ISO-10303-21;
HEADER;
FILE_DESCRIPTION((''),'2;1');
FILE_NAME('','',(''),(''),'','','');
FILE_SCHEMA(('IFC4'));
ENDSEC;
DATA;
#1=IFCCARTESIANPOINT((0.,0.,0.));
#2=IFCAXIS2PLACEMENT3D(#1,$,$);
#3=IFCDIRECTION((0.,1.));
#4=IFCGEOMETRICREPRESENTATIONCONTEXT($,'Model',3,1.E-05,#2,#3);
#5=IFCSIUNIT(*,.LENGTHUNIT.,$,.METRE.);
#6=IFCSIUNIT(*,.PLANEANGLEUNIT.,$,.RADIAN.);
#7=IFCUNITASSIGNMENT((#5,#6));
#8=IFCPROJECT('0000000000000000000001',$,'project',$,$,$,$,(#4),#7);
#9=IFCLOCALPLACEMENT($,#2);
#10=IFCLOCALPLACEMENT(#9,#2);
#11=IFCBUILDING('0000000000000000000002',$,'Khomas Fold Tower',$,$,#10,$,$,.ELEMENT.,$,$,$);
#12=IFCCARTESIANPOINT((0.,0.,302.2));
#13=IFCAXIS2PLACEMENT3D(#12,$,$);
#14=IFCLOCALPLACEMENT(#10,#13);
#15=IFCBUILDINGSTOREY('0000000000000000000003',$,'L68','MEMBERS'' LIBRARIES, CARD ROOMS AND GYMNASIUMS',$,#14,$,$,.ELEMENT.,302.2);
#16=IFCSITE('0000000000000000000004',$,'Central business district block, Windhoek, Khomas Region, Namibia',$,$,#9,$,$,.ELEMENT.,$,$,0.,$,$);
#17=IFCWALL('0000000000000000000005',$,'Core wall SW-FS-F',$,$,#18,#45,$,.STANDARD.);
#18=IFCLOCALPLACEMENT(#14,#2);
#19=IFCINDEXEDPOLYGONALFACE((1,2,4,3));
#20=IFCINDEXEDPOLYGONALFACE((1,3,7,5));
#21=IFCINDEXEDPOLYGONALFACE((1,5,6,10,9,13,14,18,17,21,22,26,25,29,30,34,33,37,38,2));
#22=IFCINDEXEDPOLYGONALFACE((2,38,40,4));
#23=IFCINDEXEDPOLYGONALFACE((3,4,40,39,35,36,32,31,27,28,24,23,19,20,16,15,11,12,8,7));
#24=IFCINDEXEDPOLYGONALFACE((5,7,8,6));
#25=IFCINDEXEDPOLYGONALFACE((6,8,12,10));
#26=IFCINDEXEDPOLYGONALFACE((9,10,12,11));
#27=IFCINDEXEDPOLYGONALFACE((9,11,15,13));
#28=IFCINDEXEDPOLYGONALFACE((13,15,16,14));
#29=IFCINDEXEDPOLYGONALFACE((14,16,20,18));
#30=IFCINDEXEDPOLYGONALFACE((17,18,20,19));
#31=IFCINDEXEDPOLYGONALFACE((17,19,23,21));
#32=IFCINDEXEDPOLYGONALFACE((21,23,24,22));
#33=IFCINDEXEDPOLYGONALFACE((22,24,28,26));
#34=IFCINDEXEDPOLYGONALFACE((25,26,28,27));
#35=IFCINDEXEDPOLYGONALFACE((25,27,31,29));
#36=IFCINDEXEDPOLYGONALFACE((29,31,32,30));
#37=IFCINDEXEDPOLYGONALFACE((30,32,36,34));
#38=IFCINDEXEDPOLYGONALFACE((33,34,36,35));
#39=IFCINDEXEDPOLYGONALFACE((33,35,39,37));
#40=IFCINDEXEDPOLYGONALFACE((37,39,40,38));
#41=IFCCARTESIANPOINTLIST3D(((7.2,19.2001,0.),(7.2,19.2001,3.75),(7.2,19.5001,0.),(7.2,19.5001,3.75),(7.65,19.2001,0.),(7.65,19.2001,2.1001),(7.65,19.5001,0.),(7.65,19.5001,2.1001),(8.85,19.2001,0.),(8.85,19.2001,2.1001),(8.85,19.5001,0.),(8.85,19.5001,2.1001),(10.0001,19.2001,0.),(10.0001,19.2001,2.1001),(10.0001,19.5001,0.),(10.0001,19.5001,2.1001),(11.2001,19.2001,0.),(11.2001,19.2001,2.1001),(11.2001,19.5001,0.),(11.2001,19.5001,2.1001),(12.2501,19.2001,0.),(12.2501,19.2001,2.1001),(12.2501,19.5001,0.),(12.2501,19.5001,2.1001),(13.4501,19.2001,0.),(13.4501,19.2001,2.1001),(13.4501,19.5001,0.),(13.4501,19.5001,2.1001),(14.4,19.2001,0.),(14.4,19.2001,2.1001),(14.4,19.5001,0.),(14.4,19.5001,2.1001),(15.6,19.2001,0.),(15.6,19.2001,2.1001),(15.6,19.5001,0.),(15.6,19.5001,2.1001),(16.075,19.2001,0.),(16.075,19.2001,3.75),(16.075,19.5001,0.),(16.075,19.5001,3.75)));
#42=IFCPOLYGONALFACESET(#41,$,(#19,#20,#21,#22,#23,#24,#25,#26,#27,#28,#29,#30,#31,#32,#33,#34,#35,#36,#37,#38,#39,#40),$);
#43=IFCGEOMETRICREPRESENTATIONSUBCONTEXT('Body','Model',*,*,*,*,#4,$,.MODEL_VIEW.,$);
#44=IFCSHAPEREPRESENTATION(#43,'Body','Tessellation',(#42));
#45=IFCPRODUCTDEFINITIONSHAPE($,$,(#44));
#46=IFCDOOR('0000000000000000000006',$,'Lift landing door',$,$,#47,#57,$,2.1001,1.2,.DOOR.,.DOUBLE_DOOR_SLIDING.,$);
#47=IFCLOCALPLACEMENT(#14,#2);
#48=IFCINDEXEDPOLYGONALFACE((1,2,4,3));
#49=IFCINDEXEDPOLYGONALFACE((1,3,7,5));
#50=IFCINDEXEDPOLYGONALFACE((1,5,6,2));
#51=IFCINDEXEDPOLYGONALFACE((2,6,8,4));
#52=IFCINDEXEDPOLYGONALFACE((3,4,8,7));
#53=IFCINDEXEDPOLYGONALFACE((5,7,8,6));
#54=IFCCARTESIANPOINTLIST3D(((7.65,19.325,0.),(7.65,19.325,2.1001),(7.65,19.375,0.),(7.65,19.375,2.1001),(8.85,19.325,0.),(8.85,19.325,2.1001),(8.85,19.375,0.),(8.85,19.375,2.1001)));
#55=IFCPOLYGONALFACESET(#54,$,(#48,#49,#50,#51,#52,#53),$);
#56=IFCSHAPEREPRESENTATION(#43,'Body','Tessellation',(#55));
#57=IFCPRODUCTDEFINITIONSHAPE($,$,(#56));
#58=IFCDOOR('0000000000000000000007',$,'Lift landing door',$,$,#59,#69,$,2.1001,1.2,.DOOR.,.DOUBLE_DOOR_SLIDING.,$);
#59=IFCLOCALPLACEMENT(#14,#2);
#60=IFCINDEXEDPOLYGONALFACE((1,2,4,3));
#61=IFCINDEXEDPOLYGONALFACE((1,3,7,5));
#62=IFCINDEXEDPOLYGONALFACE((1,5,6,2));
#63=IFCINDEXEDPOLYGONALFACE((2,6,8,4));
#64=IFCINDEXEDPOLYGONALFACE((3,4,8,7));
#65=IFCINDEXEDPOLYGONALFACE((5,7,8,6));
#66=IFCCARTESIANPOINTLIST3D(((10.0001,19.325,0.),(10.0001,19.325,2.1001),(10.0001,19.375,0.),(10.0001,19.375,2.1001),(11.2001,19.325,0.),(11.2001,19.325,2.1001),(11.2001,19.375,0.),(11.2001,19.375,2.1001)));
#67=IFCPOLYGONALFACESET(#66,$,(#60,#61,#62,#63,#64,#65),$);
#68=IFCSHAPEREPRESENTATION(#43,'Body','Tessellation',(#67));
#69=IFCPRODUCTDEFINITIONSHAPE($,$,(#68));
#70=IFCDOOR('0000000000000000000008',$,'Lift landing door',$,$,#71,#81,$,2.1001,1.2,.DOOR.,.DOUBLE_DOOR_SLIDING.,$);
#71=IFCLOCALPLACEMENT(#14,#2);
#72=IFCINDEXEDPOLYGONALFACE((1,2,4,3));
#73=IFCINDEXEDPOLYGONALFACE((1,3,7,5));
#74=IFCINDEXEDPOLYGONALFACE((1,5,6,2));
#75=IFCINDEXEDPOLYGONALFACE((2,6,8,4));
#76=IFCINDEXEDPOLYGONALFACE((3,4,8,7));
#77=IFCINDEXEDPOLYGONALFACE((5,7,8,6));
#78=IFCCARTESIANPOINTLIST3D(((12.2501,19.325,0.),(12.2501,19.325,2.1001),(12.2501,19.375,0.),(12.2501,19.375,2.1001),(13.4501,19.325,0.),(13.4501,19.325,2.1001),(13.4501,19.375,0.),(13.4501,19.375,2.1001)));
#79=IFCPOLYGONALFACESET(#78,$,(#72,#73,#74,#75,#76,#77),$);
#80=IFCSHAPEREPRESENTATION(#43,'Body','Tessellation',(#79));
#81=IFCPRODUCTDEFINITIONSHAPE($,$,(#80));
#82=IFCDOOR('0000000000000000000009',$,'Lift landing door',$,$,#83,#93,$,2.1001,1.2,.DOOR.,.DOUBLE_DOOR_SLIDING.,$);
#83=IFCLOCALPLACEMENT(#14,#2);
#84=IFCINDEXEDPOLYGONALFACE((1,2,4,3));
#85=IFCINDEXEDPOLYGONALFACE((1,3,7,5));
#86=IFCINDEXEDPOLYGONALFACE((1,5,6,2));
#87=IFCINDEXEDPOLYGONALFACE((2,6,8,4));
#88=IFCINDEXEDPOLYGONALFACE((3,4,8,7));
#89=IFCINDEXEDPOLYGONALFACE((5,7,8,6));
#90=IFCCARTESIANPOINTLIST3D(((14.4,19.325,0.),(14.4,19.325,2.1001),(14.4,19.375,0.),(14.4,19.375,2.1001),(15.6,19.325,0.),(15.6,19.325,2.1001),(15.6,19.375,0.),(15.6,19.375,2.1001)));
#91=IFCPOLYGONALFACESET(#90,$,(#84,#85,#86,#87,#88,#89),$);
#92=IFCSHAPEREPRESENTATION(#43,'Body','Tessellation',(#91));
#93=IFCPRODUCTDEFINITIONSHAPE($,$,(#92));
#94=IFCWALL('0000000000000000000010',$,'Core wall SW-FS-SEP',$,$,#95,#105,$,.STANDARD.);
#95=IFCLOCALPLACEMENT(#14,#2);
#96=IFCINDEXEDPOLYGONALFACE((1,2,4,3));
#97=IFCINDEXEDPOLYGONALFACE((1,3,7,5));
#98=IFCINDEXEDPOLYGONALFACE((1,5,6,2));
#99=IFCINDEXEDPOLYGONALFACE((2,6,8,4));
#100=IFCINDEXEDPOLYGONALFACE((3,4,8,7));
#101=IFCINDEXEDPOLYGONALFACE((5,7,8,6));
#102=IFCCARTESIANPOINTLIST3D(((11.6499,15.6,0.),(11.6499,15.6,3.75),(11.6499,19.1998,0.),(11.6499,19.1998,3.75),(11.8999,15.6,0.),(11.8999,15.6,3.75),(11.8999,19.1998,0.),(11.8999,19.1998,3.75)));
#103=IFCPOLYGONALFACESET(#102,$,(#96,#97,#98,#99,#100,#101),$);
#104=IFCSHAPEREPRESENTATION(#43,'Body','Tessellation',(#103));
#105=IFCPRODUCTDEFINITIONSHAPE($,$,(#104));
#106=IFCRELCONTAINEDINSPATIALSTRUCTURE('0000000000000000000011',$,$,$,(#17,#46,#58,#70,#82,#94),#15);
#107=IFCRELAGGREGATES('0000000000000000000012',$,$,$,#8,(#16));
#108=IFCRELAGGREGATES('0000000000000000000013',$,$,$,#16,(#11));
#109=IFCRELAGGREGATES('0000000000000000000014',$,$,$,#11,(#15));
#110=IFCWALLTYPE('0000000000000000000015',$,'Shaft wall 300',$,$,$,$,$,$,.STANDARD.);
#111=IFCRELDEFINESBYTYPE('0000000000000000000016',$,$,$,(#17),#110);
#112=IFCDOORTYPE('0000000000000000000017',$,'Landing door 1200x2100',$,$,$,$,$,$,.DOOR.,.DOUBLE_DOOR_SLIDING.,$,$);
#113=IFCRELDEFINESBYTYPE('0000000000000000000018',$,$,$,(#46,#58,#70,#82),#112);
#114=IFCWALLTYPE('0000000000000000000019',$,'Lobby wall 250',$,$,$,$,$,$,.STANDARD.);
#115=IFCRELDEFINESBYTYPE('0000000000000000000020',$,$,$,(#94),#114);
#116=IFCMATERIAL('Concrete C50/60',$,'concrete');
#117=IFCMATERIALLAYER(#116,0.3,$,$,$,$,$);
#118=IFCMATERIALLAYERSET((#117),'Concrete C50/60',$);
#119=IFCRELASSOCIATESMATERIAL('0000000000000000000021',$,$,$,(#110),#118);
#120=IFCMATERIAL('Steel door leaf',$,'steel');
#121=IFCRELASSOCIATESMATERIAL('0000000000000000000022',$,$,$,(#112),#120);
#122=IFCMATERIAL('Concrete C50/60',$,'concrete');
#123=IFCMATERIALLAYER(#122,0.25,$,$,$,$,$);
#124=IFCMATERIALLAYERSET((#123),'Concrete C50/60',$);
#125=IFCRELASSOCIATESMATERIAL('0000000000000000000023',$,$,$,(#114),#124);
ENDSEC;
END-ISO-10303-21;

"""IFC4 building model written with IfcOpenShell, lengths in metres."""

from ifc_helpers import new_model, si_unit, direction, frame, frame_2d, origin, place, context, subcontext, project, spatial, rectangle, extrude, source, transform, mapped, material, layer, layer_set, type_object, element, fill, save


model = new_model("IFC4")

# Units and contexts
model_context = context("Model", 3, precision=1e-05, world=origin(), true_north=direction((0.0, 1.0)))
body_context = subcontext(model_context, "Body", "Model", "MODEL_VIEW")
ifc_project = project(units=[si_unit("LENGTHUNIT", "METRE"), si_unit("PLANEANGLEUNIT", "RADIAN")], contexts=[model_context])

# Site, building, storey
site_placement = place(None, origin())
site = spatial("IfcSite", under=ifc_project, at=site_placement, Name="Central business district block, Windhoek, Khomas Region, Namibia", CompositionType="ELEMENT", RefElevation=0.0)
building_placement = place(site_placement, origin())
building = spatial("IfcBuilding", under=site, at=building_placement, Name="Khomas Fold Tower", CompositionType="ELEMENT")
storey_placement = place(building_placement, frame((0.0, 0.0, 302.2)))
storey = spatial("IfcBuildingStorey", under=building, at=storey_placement, Name="L68", Description="MEMBERS' LIBRARIES, CARD ROOMS AND GYMNASIUMS", CompositionType="ELEMENT", Elevation=302.2)

# Shared definitions
ifc_material_1 = material(Name="Concrete C50/60", Category="concrete")
ifc_layer_1 = layer(ifc_material_1, 0.3)
ifc_layer_set_1 = layer_set([ifc_layer_1], Name="Concrete C50/60")
wall_type_1 = type_object("IfcWallType", Name="Shaft wall 300", PredefinedType="STANDARD", material=ifc_layer_set_1)

# Wall, openings, doors
shared_shape_1 = source(origin(), body_context, "Body", "SweptSolid", [
    extrude(rectangle(XDim=8.875, YDim=0.3, at=frame_2d((4.4375, 0.0))), origin(), (0.0, 0.0, 1.0), 3.75),
])
wall_1_placement = place(storey_placement, frame((7.2, 19.3501, 0.0), z_axis=(0.0, 0.0, 1.0), x_axis=(1.0, 0.0, 0.0)))
wall_1 = element("IfcWall", 1, at=wall_1_placement, inside=storey, type_object=wall_type_1, Name="Core wall SW-FS-F", PredefinedType="STANDARD", context=body_context, shape_type="MappedRepresentation", body=[
    mapped(shared_shape_1, transform((0.0, 0.0, 0.0))),
])
shared_shape_2 = source(origin(), body_context, "Body", "SweptSolid", [
    extrude(rectangle(XDim=1.2, YDim=2.1001, at=frame_2d((0.6001, 1.05))), frame((0.0, 0.1599, 0.0), z_axis=(0.0, -1.0, 0.0), x_axis=(1.0, 0.0, 0.0)), (0.0, 0.0, 1.0), 0.3201),
])
opening_1_placement = place(wall_1_placement, frame((0.45, 0.0, 0.0)))
opening_1 = element("IfcOpeningElement", 2, at=opening_1_placement, cuts=wall_1, PredefinedType="OPENING", context=body_context, shape_type="MappedRepresentation", body=[
    mapped(shared_shape_2, transform((0.0, 0.0, 0.0))),
])
opening_2_placement = place(wall_1_placement, frame((2.8, 0.0, 0.0)))
opening_2 = element("IfcOpeningElement", 3, at=opening_2_placement, cuts=wall_1, PredefinedType="OPENING", context=body_context, shape_type="MappedRepresentation", body=[
    mapped(shared_shape_2, transform((0.0, 0.0, 0.0))),
])
opening_3_placement = place(wall_1_placement, frame((5.05, 0.0, 0.0)))
opening_3 = element("IfcOpeningElement", 4, at=opening_3_placement, cuts=wall_1, PredefinedType="OPENING", context=body_context, shape_type="MappedRepresentation", body=[
    mapped(shared_shape_2, transform((0.0, 0.0, 0.0))),
])
opening_4_placement = place(wall_1_placement, frame((7.2, 0.0, 0.0)))
opening_4 = element("IfcOpeningElement", 5, at=opening_4_placement, cuts=wall_1, PredefinedType="OPENING", context=body_context, shape_type="MappedRepresentation", body=[
    mapped(shared_shape_2, transform((0.0, 0.0, 0.0))),
])
ifc_material_2 = material(Name="Steel door leaf", Category="steel")
door_type_1 = type_object("IfcDoorType", Name="Landing door 1200x2100", OperationType="DOUBLE_DOOR_SLIDING", PredefinedType="DOOR", material=ifc_material_2)
shared_shape_3 = source(origin(), body_context, "Body", "SweptSolid", [
    extrude(rectangle(XDim=1.2, YDim=2.1001, at=frame_2d((0.6001, 1.05))), frame((0.0, 0.0249, 0.0), z_axis=(0.0, -1.0, 0.0), x_axis=(1.0, 0.0, 0.0)), (0.0, 0.0, 1.0), 0.05),
])
door_1_placement = place(opening_1_placement, origin())
door_1 = element("IfcDoor", 6, at=door_1_placement, inside=storey, type_object=door_type_1, Name="Lift landing door", OperationType="DOUBLE_DOOR_SLIDING", OverallHeight=2.1001, OverallWidth=1.2, PredefinedType="DOOR", context=body_context, shape_type="MappedRepresentation", body=[
    mapped(shared_shape_3, transform((0.0, 0.0, 0.0))),
])
fill(opening_1, door_1)
door_2_placement = place(opening_2_placement, origin())
door_2 = element("IfcDoor", 7, at=door_2_placement, inside=storey, type_object=door_type_1, Name="Lift landing door", OperationType="DOUBLE_DOOR_SLIDING", OverallHeight=2.1001, OverallWidth=1.2, PredefinedType="DOOR", context=body_context, shape_type="MappedRepresentation", body=[
    mapped(shared_shape_3, transform((0.0, 0.0, 0.0))),
])
fill(opening_2, door_2)
door_3_placement = place(opening_3_placement, origin())
door_3 = element("IfcDoor", 8, at=door_3_placement, inside=storey, type_object=door_type_1, Name="Lift landing door", OperationType="DOUBLE_DOOR_SLIDING", OverallHeight=2.1001, OverallWidth=1.2, PredefinedType="DOOR", context=body_context, shape_type="MappedRepresentation", body=[
    mapped(shared_shape_3, transform((0.0, 0.0, 0.0))),
])
fill(opening_3, door_3)
door_4_placement = place(opening_4_placement, origin())
door_4 = element("IfcDoor", 9, at=door_4_placement, inside=storey, type_object=door_type_1, Name="Lift landing door", OperationType="DOUBLE_DOOR_SLIDING", OverallHeight=2.1001, OverallWidth=1.2, PredefinedType="DOOR", context=body_context, shape_type="MappedRepresentation", body=[
    mapped(shared_shape_3, transform((0.0, 0.0, 0.0))),
])
fill(opening_4, door_4)

# Wall
ifc_material_3 = material(Name="Concrete C50/60", Category="concrete")
ifc_layer_2 = layer(ifc_material_3, 0.25)
ifc_layer_set_2 = layer_set([ifc_layer_2], Name="Concrete C50/60")
wall_type_2 = type_object("IfcWallType", Name="Lobby wall 250", PredefinedType="STANDARD", material=ifc_layer_set_2)
shared_shape_4 = source(origin(), body_context, "Body", "SweptSolid", [
    extrude(rectangle(XDim=3.5999, YDim=0.25, at=frame_2d((1.7998, 0.0))), origin(), (0.0, 0.0, 1.0), 3.75),
])
wall_2_placement = place(storey_placement, frame((11.7749, 15.6001, 0.0), z_axis=(0.0, 0.0, 1.0), x_axis=(0.0, 1.0, 0.0)))
element("IfcWall", 10, at=wall_2_placement, inside=storey, type_object=wall_type_2, Name="Core wall SW-FS-SEP", PredefinedType="STANDARD", context=body_context, shape_type="MappedRepresentation", body=[
    mapped(shared_shape_4, transform((0.0, 0.0, 0.0))),
])

save(model, "model.ifc")
